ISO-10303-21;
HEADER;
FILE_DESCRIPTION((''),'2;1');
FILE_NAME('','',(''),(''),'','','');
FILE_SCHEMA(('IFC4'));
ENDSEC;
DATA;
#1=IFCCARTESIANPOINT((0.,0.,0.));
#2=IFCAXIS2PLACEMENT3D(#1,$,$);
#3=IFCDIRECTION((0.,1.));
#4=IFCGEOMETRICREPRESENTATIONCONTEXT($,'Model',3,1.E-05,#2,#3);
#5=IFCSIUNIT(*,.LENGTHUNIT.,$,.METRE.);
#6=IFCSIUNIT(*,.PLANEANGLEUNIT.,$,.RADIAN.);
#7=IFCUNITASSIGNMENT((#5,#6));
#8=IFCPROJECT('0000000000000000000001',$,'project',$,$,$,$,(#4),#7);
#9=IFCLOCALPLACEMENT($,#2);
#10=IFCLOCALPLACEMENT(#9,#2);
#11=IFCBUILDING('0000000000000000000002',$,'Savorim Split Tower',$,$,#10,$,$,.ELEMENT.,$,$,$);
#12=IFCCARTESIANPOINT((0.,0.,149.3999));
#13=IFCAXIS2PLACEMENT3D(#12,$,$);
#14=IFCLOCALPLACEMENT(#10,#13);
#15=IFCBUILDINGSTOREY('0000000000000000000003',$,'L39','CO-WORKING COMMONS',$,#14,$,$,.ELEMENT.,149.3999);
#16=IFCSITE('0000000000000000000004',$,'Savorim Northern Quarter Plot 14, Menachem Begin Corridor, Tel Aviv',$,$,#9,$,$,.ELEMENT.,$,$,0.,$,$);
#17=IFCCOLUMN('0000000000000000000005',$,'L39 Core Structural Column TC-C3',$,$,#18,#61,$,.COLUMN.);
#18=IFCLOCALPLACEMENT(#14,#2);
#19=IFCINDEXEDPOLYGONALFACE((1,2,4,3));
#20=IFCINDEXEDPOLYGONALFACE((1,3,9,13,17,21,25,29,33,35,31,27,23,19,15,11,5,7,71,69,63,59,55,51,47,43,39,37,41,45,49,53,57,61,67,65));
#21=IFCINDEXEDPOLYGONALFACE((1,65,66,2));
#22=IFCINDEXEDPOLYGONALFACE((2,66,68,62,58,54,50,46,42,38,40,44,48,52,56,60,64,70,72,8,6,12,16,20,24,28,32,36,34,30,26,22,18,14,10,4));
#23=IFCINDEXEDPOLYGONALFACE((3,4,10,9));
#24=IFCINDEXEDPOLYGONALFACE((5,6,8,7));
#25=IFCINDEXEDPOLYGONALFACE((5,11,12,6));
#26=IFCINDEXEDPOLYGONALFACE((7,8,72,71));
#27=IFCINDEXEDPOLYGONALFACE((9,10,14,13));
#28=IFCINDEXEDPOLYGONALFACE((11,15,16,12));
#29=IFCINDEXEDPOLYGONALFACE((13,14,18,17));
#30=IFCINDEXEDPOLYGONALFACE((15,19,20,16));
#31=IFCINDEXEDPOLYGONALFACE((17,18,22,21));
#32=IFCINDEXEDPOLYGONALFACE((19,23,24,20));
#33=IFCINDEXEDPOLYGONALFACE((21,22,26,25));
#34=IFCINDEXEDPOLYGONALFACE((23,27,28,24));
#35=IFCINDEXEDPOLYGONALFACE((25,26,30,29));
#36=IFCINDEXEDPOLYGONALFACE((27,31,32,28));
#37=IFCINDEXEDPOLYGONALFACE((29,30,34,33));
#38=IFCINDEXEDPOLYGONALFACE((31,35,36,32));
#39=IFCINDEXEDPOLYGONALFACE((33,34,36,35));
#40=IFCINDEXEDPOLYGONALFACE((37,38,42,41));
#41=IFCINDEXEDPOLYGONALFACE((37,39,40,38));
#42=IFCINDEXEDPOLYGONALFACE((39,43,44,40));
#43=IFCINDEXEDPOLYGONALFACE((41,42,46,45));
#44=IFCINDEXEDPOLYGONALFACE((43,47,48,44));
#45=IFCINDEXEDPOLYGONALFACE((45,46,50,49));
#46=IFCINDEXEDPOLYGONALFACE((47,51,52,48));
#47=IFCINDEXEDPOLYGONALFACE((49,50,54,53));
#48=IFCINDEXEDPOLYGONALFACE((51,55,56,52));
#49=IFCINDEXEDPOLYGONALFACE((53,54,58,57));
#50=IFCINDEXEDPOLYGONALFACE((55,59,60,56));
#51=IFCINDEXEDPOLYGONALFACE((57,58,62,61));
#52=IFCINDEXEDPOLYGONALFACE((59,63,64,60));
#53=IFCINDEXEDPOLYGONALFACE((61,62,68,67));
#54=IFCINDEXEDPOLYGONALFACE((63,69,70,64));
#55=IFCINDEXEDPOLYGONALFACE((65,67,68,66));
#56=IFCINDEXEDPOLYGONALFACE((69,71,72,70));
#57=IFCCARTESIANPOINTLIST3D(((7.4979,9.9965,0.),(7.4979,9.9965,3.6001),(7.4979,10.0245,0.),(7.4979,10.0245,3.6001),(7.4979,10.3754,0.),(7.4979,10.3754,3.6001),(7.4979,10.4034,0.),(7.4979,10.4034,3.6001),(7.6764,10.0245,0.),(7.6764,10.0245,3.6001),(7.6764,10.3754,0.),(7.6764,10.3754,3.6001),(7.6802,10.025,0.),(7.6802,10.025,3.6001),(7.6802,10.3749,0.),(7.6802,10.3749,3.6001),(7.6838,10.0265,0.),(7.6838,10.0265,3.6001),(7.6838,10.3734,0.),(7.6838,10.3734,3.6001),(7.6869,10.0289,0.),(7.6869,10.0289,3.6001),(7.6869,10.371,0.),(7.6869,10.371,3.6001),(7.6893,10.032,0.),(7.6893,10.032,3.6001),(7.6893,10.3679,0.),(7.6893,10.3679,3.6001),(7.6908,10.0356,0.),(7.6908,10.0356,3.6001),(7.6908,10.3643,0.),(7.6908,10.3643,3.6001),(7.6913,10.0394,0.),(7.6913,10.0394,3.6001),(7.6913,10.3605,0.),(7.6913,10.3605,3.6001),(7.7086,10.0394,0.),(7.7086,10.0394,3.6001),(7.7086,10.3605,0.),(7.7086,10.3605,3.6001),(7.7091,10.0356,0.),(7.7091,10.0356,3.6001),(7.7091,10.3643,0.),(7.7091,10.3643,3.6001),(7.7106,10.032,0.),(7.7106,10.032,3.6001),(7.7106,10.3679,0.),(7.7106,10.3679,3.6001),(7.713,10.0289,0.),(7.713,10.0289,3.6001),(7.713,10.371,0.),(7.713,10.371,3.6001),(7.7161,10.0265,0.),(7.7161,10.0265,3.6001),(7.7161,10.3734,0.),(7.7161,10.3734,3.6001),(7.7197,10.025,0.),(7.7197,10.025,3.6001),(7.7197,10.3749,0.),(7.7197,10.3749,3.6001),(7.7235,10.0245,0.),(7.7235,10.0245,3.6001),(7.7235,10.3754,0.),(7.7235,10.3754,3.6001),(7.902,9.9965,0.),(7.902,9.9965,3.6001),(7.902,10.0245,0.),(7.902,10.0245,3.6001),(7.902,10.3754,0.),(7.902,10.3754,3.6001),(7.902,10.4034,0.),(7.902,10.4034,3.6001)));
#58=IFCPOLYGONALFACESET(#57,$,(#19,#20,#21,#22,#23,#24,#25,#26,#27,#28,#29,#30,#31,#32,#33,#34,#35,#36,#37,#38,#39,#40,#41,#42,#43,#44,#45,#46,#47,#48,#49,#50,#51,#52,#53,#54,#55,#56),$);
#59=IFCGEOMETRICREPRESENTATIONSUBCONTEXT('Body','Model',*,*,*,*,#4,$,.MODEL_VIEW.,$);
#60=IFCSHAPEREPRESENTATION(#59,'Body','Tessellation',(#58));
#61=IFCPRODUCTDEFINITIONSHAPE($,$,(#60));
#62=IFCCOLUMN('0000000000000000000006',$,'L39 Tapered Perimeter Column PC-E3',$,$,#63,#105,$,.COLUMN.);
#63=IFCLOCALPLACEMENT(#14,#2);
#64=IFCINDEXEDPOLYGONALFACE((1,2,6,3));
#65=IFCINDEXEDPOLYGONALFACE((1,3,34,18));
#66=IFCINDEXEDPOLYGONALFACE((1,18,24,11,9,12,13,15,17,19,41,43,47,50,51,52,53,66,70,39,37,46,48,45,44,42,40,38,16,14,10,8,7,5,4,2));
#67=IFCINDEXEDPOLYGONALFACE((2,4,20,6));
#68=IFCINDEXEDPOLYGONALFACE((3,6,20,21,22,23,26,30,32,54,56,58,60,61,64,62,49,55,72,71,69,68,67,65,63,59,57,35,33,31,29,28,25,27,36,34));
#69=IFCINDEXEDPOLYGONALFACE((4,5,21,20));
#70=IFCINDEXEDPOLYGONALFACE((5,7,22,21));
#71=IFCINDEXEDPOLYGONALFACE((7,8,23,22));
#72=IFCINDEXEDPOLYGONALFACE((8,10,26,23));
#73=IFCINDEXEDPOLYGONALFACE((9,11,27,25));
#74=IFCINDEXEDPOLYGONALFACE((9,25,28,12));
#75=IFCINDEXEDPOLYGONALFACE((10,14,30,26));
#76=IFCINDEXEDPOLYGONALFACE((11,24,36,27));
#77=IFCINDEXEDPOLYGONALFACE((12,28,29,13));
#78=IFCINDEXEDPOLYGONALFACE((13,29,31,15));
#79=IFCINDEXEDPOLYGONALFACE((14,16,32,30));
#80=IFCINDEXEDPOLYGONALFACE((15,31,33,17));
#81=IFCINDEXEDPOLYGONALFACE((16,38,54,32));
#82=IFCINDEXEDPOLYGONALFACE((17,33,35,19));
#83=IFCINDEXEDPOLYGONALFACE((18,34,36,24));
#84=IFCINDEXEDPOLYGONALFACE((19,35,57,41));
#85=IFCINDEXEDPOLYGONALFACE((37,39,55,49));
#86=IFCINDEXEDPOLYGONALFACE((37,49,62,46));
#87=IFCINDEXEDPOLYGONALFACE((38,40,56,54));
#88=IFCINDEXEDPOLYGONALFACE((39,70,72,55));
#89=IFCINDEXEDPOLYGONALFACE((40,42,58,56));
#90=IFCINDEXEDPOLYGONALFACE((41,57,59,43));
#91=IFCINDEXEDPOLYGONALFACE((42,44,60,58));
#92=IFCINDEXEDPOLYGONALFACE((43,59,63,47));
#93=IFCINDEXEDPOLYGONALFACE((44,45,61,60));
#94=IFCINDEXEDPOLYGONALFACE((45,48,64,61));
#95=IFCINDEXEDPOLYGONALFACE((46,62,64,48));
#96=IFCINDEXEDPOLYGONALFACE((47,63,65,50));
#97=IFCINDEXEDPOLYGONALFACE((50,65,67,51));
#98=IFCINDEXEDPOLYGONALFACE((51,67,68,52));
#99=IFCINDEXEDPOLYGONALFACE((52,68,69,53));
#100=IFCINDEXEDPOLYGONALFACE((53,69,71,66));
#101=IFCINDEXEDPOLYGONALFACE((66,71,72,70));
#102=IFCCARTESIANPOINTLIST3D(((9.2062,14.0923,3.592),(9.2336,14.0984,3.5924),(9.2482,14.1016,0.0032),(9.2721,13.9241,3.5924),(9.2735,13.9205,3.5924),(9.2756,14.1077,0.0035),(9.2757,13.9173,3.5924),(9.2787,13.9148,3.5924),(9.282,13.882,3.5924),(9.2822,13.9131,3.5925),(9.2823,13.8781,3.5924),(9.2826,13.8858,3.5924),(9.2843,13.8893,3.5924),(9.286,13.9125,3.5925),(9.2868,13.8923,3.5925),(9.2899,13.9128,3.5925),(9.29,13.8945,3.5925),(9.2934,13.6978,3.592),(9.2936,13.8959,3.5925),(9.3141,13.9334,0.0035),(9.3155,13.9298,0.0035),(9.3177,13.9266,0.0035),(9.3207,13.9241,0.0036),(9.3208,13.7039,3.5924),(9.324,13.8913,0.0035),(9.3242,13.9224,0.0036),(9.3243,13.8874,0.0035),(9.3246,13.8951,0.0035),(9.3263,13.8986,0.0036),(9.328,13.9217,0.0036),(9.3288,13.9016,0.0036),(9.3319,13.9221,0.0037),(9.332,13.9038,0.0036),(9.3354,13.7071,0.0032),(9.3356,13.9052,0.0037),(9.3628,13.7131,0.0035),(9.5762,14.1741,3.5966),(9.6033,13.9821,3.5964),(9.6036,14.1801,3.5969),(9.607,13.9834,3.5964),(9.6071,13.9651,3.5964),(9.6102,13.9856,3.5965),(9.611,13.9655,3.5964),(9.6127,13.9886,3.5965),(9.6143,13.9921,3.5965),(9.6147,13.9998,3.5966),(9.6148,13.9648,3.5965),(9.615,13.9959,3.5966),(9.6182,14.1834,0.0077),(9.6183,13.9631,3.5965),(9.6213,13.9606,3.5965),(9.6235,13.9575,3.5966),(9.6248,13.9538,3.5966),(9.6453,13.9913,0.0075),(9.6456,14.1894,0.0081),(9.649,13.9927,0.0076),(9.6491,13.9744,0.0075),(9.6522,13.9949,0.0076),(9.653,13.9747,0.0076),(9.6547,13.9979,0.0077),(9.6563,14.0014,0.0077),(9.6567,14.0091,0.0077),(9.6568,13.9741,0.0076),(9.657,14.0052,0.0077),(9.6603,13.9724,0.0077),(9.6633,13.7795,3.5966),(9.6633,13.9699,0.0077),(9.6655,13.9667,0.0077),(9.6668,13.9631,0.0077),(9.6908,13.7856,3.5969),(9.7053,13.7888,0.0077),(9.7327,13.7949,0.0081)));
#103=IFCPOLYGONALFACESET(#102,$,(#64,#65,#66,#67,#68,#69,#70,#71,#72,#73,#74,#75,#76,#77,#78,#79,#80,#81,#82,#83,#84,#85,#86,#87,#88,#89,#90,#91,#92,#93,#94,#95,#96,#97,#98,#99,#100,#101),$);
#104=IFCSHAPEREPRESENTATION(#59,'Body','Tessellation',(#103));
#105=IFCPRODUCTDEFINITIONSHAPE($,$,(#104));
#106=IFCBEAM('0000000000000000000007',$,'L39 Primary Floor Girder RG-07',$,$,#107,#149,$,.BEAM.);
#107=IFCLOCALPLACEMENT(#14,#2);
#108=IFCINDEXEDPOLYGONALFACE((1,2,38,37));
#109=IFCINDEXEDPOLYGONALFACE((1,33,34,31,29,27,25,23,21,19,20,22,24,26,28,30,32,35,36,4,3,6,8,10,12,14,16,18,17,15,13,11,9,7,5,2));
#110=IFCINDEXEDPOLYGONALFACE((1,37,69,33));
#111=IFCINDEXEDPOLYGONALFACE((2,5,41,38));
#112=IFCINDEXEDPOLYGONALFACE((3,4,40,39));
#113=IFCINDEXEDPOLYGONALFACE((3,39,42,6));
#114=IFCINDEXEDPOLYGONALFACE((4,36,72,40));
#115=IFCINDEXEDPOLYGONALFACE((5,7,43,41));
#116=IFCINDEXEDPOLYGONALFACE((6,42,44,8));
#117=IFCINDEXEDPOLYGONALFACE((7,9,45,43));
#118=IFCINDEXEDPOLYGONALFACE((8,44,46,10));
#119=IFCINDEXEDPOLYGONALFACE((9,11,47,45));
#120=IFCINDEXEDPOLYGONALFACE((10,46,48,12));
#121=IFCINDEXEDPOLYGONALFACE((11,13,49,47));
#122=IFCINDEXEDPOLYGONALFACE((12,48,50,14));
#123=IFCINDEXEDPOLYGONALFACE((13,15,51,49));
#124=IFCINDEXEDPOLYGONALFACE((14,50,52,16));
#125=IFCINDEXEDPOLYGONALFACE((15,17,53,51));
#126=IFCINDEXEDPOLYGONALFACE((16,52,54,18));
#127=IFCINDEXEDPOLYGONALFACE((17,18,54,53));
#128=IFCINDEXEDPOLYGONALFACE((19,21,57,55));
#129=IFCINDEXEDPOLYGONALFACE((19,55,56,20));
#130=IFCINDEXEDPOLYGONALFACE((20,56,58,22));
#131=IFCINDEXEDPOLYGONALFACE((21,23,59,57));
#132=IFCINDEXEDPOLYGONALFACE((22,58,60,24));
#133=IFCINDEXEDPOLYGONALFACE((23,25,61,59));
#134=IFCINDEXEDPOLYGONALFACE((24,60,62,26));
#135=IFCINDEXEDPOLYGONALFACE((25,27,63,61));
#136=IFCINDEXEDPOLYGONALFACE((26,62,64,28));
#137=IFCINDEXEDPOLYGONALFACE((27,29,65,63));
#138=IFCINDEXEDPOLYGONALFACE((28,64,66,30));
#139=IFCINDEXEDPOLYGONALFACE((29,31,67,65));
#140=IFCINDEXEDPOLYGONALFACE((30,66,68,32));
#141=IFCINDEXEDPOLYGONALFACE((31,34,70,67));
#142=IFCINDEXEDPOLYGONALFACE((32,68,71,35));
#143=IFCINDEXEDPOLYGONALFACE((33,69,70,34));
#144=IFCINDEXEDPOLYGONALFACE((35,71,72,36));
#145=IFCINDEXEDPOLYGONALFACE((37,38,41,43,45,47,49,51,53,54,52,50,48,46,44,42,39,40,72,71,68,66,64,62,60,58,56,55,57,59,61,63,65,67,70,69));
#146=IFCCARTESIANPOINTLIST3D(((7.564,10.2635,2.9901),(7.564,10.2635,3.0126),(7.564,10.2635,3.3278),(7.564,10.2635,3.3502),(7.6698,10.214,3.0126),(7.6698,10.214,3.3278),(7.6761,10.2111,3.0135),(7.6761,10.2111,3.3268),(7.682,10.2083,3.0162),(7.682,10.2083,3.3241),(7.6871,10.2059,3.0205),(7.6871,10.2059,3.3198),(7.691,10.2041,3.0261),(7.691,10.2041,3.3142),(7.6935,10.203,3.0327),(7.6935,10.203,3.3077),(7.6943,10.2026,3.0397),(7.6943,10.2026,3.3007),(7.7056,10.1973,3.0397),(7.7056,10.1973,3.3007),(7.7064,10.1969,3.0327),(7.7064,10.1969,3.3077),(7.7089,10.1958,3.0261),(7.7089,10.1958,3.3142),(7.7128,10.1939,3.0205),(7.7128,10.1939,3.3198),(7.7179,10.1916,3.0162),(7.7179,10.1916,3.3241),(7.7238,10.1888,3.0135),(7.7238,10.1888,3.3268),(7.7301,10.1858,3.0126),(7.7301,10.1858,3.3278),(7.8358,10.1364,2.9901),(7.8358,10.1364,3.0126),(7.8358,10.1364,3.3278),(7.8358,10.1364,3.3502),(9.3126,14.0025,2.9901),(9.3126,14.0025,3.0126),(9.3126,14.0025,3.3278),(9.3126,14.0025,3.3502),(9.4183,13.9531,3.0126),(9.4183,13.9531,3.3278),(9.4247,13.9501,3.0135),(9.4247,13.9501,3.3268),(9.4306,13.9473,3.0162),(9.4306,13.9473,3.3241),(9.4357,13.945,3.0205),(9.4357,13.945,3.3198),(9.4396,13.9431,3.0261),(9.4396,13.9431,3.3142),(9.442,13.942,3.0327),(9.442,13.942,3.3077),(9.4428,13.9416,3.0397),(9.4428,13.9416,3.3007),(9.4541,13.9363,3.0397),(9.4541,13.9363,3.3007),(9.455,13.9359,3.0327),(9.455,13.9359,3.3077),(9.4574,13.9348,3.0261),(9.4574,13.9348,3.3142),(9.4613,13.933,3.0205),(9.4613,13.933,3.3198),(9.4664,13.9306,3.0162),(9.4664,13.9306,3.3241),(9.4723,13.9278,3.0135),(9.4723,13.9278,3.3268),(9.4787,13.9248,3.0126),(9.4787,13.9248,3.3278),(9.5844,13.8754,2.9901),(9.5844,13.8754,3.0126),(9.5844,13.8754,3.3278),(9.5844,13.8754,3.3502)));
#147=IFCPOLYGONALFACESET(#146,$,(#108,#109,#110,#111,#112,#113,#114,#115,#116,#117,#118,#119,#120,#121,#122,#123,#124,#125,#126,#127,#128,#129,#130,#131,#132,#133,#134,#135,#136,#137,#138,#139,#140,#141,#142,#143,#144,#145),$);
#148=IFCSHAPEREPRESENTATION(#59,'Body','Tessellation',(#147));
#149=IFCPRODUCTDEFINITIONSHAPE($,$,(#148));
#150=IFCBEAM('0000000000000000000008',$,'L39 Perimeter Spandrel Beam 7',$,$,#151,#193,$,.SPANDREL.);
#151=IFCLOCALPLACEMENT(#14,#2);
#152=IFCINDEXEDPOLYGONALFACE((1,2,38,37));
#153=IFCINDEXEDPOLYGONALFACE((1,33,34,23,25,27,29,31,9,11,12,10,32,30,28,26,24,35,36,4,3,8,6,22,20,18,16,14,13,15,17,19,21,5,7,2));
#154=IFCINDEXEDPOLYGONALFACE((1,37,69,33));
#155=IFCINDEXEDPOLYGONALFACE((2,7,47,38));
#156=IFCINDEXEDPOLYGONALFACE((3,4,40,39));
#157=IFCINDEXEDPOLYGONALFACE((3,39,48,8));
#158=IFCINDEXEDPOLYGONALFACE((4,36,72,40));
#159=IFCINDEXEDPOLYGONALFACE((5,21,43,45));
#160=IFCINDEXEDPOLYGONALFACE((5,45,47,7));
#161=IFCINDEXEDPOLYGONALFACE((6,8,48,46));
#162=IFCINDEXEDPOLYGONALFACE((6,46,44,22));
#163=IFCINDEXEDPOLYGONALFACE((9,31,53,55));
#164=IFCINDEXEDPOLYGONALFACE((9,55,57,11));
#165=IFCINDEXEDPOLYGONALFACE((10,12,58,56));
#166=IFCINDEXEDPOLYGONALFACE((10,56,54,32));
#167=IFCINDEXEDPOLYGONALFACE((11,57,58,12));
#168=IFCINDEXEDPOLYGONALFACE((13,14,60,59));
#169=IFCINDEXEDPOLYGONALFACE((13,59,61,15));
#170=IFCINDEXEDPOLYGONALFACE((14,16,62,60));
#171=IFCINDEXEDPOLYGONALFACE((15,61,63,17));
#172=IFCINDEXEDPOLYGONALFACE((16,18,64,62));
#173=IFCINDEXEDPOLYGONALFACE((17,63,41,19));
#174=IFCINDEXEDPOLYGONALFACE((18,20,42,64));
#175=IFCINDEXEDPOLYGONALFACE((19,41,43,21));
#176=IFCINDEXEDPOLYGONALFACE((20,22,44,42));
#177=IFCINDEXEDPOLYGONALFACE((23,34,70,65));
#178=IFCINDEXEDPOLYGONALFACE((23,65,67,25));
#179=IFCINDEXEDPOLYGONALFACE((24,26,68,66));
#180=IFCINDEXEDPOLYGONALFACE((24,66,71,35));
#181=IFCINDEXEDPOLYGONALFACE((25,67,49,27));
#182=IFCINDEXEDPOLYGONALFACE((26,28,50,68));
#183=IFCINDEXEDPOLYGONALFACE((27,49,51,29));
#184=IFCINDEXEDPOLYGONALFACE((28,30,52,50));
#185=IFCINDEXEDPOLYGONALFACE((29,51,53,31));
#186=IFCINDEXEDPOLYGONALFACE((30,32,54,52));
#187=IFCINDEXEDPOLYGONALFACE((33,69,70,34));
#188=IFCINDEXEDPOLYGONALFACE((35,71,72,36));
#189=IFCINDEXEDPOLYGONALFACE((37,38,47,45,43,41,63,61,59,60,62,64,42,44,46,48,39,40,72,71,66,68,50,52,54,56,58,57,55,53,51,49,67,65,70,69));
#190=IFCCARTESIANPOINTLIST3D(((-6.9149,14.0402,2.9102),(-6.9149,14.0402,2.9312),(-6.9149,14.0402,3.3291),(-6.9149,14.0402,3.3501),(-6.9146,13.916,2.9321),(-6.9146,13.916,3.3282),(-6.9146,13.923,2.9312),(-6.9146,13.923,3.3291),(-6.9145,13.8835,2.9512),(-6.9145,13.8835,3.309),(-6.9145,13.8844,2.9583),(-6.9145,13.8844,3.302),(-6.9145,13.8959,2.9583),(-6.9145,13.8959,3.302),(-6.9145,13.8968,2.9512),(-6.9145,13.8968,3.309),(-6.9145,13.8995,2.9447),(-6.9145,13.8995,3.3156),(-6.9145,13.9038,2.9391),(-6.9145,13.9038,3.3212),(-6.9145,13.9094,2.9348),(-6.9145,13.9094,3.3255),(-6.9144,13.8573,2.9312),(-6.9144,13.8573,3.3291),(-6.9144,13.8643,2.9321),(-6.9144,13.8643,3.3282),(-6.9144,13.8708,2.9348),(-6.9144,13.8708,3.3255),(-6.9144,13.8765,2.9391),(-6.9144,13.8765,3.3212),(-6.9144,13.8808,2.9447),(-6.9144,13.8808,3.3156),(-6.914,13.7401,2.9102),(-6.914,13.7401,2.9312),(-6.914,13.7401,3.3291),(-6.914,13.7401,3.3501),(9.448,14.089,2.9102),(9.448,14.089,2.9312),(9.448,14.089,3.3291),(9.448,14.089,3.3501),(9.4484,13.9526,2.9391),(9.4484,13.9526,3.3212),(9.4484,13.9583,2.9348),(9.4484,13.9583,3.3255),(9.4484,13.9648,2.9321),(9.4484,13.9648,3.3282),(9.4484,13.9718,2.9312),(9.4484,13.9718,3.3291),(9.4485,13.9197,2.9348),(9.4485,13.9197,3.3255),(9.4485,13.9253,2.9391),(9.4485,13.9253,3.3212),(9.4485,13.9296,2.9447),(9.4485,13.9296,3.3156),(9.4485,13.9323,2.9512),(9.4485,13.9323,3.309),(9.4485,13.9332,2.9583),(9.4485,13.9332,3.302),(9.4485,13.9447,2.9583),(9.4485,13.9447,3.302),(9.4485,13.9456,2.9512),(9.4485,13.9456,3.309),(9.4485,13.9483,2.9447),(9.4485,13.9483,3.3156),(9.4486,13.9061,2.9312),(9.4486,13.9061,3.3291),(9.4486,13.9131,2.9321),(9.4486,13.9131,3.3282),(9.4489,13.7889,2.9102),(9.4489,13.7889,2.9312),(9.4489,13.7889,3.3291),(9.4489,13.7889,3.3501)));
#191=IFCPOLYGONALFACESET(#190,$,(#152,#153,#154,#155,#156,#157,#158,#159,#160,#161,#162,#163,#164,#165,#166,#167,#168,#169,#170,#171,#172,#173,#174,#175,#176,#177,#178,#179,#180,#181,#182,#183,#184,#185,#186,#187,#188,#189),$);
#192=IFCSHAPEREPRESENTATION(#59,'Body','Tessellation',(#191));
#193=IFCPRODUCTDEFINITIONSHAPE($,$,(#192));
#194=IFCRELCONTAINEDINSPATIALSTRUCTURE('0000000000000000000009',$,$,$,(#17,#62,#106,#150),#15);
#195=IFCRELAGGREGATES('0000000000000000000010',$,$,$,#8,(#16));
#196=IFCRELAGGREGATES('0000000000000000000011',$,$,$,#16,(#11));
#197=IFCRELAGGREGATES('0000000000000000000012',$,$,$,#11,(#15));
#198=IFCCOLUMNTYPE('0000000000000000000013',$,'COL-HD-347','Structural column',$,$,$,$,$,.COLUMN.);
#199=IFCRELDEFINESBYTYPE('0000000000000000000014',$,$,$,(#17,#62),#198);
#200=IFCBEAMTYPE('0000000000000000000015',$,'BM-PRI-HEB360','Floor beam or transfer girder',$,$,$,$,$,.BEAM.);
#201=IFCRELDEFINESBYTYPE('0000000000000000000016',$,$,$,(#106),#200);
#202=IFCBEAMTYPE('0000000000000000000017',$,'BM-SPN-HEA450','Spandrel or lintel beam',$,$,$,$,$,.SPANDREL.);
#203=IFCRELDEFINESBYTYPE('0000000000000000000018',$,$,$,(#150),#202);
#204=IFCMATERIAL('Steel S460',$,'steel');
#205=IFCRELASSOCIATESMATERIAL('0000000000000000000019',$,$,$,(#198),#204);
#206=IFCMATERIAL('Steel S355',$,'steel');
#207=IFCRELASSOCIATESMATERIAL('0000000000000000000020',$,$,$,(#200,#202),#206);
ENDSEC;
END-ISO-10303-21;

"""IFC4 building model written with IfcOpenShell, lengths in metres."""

from ifc_helpers import new_model, si_unit, direction, frame, origin, origin_2d, place, context, subcontext, project, spatial, i_section, extrude, material, material_profile, profile_set, type_object, element, save


model = new_model("IFC4")

# Units and contexts
model_context = context("Model", 3, precision=1e-05, world=origin(), true_north=direction((0.0, 1.0)))
body_context = subcontext(model_context, "Body", "Model", "MODEL_VIEW")
ifc_project = project(units=[si_unit("LENGTHUNIT", "METRE"), si_unit("PLANEANGLEUNIT", "RADIAN")], contexts=[model_context])

# Site, building, storey
site_placement = place(None, origin())
site = spatial("IfcSite", under=ifc_project, at=site_placement, Name="Savorim Northern Quarter Plot 14, Menachem Begin Corridor, Tel Aviv", CompositionType="ELEMENT", RefElevation=0.0)
building_placement = place(site_placement, origin())
building = spatial("IfcBuilding", under=site, at=building_placement, Name="Savorim Split Tower", CompositionType="ELEMENT")
storey_placement = place(building_placement, frame((0.0, 0.0, 149.3999)))
storey = spatial("IfcBuildingStorey", under=building, at=storey_placement, Name="L39", Description="CO-WORKING COMMONS", CompositionType="ELEMENT", Elevation=149.3999)

# Columns
ifc_material_1 = material(Name="Steel S460", Category="steel")
ifc_material_profile_1 = material_profile(ifc_material_1, i_section(OverallWidth=0.4041, OverallDepth=0.407, WebThickness=0.0173, FlangeThickness=0.0281, FilletRadius=0.0149, at=origin_2d()), Name="HD 400x347")
ifc_profile_set_1 = profile_set([ifc_material_profile_1], Name="Steel S460")
column_type = type_object("IfcColumnType", Name="COL-HD-347", Description="Structural column", PredefinedType="COLUMN", material=ifc_profile_set_1)
column_1_placement = place(storey_placement, frame((7.7, 10.2, 0.0), z_axis=(0.0, 0.0, 1.0), x_axis=(1.0, 0.0, 0.0)))
element("IfcColumn", 1, at=column_1_placement, inside=storey, type_object=column_type, Name="L39 Core Structural Column TC-C3", PredefinedType="COLUMN", context=body_context, shape_type="SweptSolid", body=[
    extrude(i_section(OverallWidth=0.4041, OverallDepth=0.407, WebThickness=0.0173, FlangeThickness=0.0281, FilletRadius=0.0149, at=origin_2d()), origin(), (0.0, 0.0, 1.0), 3.6001),
])
column_2_placement = place(storey_placement, frame((9.4905, 13.9482, 0.0056), z_axis=(-0.0117, -0.002585, 0.999928), x_axis=(0.215728, -0.976453, 0.0)))
element("IfcColumn", 2, at=column_2_placement, inside=storey, type_object=column_type, Name="L39 Tapered Perimeter Column PC-E3", PredefinedType="COLUMN", context=body_context, shape_type="SweptSolid", body=[
    extrude(i_section(OverallWidth=0.4041, OverallDepth=0.407, WebThickness=0.0173, FlangeThickness=0.0281, FilletRadius=0.0149, at=origin_2d()), origin(), (0.0, 0.0, 1.0), 3.5891),
])

# Beams
ifc_material_2 = material(Name="Steel S355", Category="steel")
ifc_material_profile_2 = material_profile(ifc_material_2, i_section(OverallWidth=0.3, OverallDepth=0.3601, WebThickness=0.0125, FlangeThickness=0.0225, FilletRadius=0.0271, at=origin_2d()), Name="HEB 360")
ifc_profile_set_2 = profile_set([ifc_material_profile_2], Name="Steel S355")
beam_type_1 = type_object("IfcBeamType", Name="BM-PRI-HEB360", Description="Floor beam or transfer girder", PredefinedType="BEAM", material=ifc_profile_set_2)
beam_1_placement = place(storey_placement, frame((9.4485, 13.939, 3.1702), z_axis=(-0.423614, -0.905843, 0.0), x_axis=(0.905843, -0.423614, 0.0)))
element("IfcBeam", 3, at=beam_1_placement, inside=storey, type_object=beam_type_1, Name="L39 Primary Floor Girder RG-07", PredefinedType="BEAM", context=body_context, shape_type="SweptSolid", body=[
    extrude(i_section(OverallWidth=0.3, OverallDepth=0.3601, WebThickness=0.0125, FlangeThickness=0.0225, FilletRadius=0.0271, at=origin_2d()), origin(), (0.0, 0.0, 1.0), 4.1277),
])
ifc_material_profile_3 = material_profile(ifc_material_2, i_section(OverallWidth=0.3, OverallDepth=0.4399, WebThickness=0.0115, FlangeThickness=0.021, FilletRadius=0.0271, at=origin_2d()), Name="HEA 450")
ifc_profile_set_3 = profile_set([ifc_material_profile_3], Name="Steel S355")
beam_type_2 = type_object("IfcBeamType", Name="BM-SPN-HEA450", Description="Spandrel or lintel beam", PredefinedType="SPANDREL", material=ifc_profile_set_3)
beam_2_placement = place(storey_placement, frame((9.4485, 13.939, 3.1301), z_axis=(-0.999996, -0.002984, 0.0), x_axis=(0.002984, -0.999996, 0.0)))
element("IfcBeam", 4, at=beam_2_placement, inside=storey, type_object=beam_type_2, Name="L39 Perimeter Spandrel Beam 7", PredefinedType="SPANDREL", context=body_context, shape_type="SweptSolid", body=[
    extrude(i_section(OverallWidth=0.3, OverallDepth=0.4399, WebThickness=0.0115, FlangeThickness=0.021, FilletRadius=0.0271, at=origin_2d()), origin(), (0.0, 0.0, 1.0), 16.363),
])

save(model, "model.ifc")
